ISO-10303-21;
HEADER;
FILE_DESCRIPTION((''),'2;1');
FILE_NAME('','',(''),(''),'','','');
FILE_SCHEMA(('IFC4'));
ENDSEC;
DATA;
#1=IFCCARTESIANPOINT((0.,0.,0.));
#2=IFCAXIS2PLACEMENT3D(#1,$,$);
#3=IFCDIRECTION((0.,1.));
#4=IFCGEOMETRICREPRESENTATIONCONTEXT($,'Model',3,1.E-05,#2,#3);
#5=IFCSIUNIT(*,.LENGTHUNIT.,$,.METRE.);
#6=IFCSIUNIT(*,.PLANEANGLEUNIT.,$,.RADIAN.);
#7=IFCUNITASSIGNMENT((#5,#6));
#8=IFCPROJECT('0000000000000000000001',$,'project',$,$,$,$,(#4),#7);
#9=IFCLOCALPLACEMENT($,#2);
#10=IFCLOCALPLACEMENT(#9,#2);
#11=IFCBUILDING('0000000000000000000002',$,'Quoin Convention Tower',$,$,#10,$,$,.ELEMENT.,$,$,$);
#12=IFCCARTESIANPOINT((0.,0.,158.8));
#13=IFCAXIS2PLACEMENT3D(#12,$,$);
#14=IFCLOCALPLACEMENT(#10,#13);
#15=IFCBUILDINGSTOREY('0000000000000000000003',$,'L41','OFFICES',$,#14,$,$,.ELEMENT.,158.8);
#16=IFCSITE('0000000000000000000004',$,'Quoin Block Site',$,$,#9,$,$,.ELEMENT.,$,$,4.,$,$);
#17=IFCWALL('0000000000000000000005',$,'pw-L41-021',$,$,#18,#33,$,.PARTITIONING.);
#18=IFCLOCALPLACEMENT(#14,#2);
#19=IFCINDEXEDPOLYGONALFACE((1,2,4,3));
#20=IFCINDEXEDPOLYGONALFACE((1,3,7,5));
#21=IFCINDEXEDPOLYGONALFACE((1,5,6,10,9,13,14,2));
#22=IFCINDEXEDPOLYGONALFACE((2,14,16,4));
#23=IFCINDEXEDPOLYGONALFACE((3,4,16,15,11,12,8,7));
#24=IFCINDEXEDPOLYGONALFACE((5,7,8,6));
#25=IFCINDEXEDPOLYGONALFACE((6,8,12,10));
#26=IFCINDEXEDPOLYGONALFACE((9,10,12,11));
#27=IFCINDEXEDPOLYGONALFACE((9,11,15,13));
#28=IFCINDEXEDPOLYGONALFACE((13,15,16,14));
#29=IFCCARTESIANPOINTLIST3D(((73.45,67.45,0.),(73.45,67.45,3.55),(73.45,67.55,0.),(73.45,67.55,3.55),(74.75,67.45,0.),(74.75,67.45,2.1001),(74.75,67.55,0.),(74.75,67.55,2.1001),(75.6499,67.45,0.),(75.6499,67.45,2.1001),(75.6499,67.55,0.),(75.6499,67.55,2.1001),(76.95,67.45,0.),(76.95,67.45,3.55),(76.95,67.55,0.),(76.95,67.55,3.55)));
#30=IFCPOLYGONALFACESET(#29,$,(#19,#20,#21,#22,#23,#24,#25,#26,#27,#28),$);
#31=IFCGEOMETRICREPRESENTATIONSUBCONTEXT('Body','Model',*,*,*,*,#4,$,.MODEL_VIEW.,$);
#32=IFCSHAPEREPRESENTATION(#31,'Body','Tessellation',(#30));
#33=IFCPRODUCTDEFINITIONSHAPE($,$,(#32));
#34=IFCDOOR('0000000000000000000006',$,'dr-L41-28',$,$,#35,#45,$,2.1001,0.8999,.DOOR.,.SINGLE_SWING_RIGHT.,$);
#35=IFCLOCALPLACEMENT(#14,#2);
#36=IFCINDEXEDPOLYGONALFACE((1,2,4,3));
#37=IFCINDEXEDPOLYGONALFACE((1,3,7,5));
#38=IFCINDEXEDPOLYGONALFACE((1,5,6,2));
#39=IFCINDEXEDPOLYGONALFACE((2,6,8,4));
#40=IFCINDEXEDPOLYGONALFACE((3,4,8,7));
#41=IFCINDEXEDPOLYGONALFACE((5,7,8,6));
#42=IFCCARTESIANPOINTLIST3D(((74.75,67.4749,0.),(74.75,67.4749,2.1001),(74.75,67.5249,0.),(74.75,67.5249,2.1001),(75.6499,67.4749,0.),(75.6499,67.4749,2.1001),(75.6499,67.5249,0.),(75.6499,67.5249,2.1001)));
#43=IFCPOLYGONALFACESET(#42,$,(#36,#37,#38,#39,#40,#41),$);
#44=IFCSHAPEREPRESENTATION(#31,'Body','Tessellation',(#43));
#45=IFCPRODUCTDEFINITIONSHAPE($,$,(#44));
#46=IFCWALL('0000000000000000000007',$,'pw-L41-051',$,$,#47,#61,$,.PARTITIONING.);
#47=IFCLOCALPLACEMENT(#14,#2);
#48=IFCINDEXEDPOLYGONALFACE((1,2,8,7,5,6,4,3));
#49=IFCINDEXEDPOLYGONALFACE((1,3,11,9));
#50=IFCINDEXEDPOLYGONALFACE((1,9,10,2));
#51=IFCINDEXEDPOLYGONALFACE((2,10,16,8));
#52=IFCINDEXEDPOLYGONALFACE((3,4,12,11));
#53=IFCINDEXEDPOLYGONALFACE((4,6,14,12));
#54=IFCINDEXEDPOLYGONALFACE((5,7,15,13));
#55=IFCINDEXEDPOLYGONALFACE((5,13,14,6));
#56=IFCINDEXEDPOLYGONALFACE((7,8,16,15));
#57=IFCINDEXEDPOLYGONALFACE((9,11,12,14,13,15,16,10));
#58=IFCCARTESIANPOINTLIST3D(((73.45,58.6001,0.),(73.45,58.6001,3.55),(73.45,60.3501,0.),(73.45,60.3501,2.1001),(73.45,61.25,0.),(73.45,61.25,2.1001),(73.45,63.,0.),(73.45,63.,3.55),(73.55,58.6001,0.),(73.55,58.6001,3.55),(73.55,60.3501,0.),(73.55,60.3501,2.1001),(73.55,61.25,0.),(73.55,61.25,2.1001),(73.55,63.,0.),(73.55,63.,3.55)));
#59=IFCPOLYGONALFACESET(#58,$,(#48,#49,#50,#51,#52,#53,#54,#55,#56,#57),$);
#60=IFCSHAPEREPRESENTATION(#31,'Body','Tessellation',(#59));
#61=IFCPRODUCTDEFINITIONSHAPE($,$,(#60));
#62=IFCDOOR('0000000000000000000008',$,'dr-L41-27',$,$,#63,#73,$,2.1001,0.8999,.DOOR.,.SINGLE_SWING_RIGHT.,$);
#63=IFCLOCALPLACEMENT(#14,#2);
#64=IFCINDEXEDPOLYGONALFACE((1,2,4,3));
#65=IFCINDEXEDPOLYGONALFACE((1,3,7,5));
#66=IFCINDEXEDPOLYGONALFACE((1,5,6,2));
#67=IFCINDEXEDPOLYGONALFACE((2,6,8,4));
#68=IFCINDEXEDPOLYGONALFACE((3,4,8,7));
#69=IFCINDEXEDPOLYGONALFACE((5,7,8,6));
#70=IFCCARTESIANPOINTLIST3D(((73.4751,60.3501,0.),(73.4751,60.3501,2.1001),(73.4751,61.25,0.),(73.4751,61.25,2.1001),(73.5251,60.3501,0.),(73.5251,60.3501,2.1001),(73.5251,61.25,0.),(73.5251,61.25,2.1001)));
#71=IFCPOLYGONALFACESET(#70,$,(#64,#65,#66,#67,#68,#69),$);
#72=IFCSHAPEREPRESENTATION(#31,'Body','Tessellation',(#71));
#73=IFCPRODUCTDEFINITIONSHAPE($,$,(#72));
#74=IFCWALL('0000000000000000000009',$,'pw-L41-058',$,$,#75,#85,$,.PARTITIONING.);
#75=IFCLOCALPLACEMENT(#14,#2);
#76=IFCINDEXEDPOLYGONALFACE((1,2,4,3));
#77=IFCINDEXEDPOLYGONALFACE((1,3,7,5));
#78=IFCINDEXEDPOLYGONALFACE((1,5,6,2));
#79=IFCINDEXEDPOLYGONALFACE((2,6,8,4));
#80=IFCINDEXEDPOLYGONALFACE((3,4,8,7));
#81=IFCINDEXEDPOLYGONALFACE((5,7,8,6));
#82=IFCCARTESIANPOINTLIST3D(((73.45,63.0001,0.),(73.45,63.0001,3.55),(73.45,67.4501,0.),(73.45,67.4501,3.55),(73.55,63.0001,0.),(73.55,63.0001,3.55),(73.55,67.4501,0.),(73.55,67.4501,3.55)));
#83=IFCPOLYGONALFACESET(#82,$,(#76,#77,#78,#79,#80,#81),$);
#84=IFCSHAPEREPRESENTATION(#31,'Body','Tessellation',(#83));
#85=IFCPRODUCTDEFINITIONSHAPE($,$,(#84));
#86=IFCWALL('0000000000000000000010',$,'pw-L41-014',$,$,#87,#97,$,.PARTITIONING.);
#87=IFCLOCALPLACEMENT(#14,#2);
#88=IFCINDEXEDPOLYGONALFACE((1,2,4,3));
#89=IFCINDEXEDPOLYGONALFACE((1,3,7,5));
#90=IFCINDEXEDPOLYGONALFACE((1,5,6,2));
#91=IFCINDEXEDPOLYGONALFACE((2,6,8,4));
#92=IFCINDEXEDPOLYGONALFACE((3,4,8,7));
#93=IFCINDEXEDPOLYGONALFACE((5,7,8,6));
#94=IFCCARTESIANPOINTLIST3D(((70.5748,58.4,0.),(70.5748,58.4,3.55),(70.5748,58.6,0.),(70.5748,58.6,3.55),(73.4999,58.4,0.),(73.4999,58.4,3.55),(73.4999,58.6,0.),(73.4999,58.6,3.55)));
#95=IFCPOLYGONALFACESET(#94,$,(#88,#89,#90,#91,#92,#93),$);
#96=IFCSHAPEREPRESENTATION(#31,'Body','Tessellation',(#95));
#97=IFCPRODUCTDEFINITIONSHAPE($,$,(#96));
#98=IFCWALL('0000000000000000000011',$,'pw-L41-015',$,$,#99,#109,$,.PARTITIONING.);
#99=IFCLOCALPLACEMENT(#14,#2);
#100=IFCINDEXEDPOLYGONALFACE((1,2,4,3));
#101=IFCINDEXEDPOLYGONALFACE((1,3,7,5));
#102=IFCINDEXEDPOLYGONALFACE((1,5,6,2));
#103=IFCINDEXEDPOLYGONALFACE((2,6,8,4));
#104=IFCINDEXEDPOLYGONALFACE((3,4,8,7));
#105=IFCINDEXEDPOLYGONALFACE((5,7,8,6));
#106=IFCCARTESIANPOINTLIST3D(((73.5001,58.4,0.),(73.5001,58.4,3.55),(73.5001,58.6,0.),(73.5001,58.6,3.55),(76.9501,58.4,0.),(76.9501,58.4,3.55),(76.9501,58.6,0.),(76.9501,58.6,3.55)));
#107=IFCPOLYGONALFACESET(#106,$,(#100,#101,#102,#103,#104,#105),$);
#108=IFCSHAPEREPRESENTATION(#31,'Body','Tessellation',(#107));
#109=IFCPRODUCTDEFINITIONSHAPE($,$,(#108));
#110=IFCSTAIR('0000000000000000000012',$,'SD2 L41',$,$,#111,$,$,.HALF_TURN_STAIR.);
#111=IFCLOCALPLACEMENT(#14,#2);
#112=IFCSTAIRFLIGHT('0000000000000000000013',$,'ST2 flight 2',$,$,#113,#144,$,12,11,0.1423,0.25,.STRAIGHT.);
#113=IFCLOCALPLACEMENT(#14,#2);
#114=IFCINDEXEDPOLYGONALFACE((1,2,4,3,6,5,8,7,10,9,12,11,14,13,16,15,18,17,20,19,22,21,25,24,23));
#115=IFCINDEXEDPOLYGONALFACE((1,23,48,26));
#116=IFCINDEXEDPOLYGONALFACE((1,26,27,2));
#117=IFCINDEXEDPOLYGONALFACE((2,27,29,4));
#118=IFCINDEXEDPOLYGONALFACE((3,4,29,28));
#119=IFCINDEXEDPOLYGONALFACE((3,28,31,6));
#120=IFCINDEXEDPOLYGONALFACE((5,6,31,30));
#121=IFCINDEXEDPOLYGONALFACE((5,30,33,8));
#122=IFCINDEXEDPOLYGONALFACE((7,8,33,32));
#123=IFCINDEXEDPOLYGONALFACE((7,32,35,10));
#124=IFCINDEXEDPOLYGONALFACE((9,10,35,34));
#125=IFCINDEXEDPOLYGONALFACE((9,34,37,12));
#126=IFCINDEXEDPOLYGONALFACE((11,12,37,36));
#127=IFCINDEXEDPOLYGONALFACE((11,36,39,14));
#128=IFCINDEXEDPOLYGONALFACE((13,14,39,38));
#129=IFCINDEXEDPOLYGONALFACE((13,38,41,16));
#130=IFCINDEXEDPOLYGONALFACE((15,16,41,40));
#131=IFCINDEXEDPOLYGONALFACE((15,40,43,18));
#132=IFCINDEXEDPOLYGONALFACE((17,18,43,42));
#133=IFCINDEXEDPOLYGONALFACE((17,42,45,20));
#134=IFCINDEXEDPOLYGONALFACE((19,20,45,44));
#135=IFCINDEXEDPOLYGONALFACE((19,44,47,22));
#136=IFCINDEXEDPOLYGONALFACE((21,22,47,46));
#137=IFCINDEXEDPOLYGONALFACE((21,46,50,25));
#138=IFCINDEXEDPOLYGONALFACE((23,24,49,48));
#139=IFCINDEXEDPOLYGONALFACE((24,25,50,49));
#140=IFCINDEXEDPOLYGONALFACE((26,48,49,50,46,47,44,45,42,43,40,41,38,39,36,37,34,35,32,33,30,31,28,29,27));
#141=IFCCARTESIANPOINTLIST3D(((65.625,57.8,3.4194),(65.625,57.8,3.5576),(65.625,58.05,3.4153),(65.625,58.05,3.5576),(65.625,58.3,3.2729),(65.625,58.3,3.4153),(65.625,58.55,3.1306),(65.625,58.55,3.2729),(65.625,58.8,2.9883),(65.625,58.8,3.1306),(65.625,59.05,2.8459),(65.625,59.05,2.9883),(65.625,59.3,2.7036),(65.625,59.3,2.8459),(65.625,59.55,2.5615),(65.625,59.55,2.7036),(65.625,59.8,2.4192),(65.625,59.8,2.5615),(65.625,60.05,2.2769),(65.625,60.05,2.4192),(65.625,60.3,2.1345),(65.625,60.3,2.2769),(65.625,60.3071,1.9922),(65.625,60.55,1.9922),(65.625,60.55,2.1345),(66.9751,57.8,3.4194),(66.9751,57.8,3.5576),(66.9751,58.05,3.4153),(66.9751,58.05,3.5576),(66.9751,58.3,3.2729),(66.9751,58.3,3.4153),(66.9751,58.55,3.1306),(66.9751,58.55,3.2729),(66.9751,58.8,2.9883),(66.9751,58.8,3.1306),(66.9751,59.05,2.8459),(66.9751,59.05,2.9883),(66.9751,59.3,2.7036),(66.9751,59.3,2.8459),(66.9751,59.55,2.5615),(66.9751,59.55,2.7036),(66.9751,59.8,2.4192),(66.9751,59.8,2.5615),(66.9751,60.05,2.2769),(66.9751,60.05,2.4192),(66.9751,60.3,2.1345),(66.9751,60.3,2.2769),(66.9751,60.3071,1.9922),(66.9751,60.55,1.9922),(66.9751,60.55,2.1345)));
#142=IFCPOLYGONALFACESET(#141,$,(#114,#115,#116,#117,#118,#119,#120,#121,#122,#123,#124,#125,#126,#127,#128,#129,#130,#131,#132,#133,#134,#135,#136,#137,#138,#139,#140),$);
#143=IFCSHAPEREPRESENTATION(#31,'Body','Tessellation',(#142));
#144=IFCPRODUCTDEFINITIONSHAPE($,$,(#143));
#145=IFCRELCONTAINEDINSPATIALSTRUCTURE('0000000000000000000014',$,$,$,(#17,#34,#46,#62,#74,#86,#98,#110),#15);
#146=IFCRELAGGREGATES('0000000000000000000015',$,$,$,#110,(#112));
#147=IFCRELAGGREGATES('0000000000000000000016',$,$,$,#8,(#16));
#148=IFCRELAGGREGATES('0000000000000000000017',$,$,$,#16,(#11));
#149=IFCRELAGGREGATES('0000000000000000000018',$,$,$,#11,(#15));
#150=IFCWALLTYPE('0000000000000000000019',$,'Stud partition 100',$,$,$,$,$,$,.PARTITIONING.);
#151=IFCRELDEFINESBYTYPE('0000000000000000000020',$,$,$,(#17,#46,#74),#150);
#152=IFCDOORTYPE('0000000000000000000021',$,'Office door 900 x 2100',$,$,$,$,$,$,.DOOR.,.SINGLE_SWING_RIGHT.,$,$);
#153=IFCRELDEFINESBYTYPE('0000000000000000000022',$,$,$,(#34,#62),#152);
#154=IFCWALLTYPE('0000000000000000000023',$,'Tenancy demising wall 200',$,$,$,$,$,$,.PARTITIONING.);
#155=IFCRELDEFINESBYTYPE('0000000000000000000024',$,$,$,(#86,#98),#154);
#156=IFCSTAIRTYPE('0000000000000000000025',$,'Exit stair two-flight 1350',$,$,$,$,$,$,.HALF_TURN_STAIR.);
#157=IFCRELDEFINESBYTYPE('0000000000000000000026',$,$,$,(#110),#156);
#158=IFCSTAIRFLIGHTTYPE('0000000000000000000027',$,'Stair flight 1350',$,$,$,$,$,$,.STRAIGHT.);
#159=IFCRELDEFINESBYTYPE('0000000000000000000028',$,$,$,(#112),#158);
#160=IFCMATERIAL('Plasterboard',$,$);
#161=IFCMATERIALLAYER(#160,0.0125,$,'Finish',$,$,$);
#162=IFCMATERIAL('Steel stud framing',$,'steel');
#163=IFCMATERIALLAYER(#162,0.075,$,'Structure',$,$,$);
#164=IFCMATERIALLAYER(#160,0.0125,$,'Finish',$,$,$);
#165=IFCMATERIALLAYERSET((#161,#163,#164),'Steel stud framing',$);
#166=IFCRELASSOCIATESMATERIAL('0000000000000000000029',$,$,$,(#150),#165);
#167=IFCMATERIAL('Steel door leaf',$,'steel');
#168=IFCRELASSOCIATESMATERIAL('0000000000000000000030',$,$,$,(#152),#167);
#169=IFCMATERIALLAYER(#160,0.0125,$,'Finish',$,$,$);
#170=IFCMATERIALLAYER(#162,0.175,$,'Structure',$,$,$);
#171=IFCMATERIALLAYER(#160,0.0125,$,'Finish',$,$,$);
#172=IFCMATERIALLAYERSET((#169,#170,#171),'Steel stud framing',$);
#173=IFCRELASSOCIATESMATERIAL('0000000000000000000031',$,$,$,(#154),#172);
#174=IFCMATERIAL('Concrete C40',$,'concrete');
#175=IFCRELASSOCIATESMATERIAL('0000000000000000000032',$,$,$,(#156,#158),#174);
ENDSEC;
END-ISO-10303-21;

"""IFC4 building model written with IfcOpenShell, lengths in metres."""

from ifc_helpers import new_model, si_unit, direction, frame, frame_2d, origin, place, context, subcontext, project, spatial, polyline, rectangle, outline, extrude, material, layer, layer_set, type_object, element, fill, aggregate, save


model = new_model("IFC4")

# Units and contexts
model_context = context("Model", 3, precision=1e-05, world=origin(), true_north=direction((0.0, 1.0)))
body_context = subcontext(model_context, "Body", "Model", "MODEL_VIEW")
ifc_project = project(units=[si_unit("LENGTHUNIT", "METRE"), si_unit("PLANEANGLEUNIT", "RADIAN")], contexts=[model_context])

# Site, building, storey
site_placement = place(None, origin())
site = spatial("IfcSite", under=ifc_project, at=site_placement, Name="Quoin Block Site", CompositionType="ELEMENT", RefElevation=4.0)
building_placement = place(site_placement, origin())
building = spatial("IfcBuilding", under=site, at=building_placement, Name="Quoin Convention Tower", CompositionType="ELEMENT")
storey_placement = place(building_placement, frame((0.0, 0.0, 158.8)))
storey = spatial("IfcBuildingStorey", under=building, at=storey_placement, Name="L41", Description="OFFICES", CompositionType="ELEMENT", Elevation=158.8)

# Shared definitions
ifc_material_1 = material(Name="Plasterboard")
ifc_material_2 = material(Name="Steel stud framing", Category="steel")
ifc_material_3 = material(Name="Steel door leaf", Category="steel")

# Shared definitions
ifc_layer_1 = layer(ifc_material_1, 0.0125, Name="Finish")
ifc_layer_2 = layer(ifc_material_2, 0.075, Name="Structure")
ifc_layer_3 = layer(ifc_material_1, 0.0125, Name="Finish")
ifc_layer_set_1 = layer_set([ifc_layer_1, ifc_layer_2, ifc_layer_3], Name="Steel stud framing")
wall_type_1 = type_object("IfcWallType", Name="Stud partition 100", PredefinedType="PARTITIONING", material=ifc_layer_set_1)

# Walls, openings, doors
wall_1_placement = place(storey_placement, frame((73.45, 67.5, 0.0), z_axis=(0.0, 0.0, 1.0), x_axis=(1.0, 0.0, 0.0)))
wall_1 = element("IfcWall", 1, at=wall_1_placement, inside=storey, type_object=wall_type_1, Name="pw-L41-021", PredefinedType="PARTITIONING", context=body_context, shape_type="SweptSolid", body=[
    extrude(rectangle(XDim=3.5, YDim=0.1001, at=frame_2d((1.75, 0.0))), origin(), (0.0, 0.0, 1.0), 3.55),
])
opening_1_placement = place(wall_1_placement, frame((1.3, 0.0, 0.0)))
opening_1 = element("IfcOpeningElement", 2, at=opening_1_placement, cuts=wall_1, PredefinedType="OPENING", context=body_context, shape_type="SweptSolid", body=[
    extrude(rectangle(XDim=0.8999, YDim=2.1001, at=frame_2d((0.45, 1.05))), frame((0.0, 0.0601, 0.0), z_axis=(0.0, -1.0, 0.0), x_axis=(1.0, 0.0, 0.0)), (0.0, 0.0, 1.0), 0.1201),
])
door_type_1 = type_object("IfcDoorType", Name="Office door 900 x 2100", OperationType="SINGLE_SWING_RIGHT", PredefinedType="DOOR", material=ifc_material_3)
door_1_placement = place(opening_1_placement, origin())
door_1 = element("IfcDoor", 3, at=door_1_placement, inside=storey, type_object=door_type_1, Name="dr-L41-28", OperationType="SINGLE_SWING_RIGHT", OverallHeight=2.1001, OverallWidth=0.8999, PredefinedType="DOOR", context=body_context, shape_type="SweptSolid", body=[
    extrude(rectangle(XDim=0.8999, YDim=2.1001, at=frame_2d((0.45, 1.05))), frame((0.0, 0.0249, 0.0), z_axis=(0.0, -1.0, 0.0), x_axis=(1.0, 0.0, 0.0)), (0.0, 0.0, 1.0), 0.05),
])
fill(opening_1, door_1)
wall_2_placement = place(storey_placement, frame((73.5, 58.6001, 0.0), z_axis=(0.0, 0.0, 1.0), x_axis=(0.0, 1.0, 0.0)))
wall_2 = element("IfcWall", 4, at=wall_2_placement, inside=storey, type_object=wall_type_1, Name="pw-L41-051", PredefinedType="PARTITIONING", context=body_context, shape_type="SweptSolid", body=[
    extrude(rectangle(XDim=4.3999, YDim=0.1001, at=frame_2d((2.2, 0.0))), origin(), (0.0, 0.0, 1.0), 3.55),
])
opening_2_placement = place(wall_2_placement, frame((1.75, 0.0, 0.0)))
opening_2 = element("IfcOpeningElement", 5, at=opening_2_placement, cuts=wall_2, PredefinedType="OPENING", context=body_context, shape_type="SweptSolid", body=[
    extrude(rectangle(XDim=0.8999, YDim=2.1001, at=frame_2d((0.45, 1.05))), frame((0.0, 0.0601, 0.0), z_axis=(0.0, -1.0, 0.0), x_axis=(1.0, 0.0, 0.0)), (0.0, 0.0, 1.0), 0.1201),
])
door_2_placement = place(opening_2_placement, origin())
door_2 = element("IfcDoor", 6, at=door_2_placement, inside=storey, type_object=door_type_1, Name="dr-L41-27", OperationType="SINGLE_SWING_RIGHT", OverallHeight=2.1001, OverallWidth=0.8999, PredefinedType="DOOR", context=body_context, shape_type="SweptSolid", body=[
    extrude(rectangle(XDim=0.8999, YDim=2.1001, at=frame_2d((0.45, 1.05))), frame((0.0, 0.0249, 0.0), z_axis=(0.0, -1.0, 0.0), x_axis=(1.0, 0.0, 0.0)), (0.0, 0.0, 1.0), 0.05),
])
fill(opening_2, door_2)

# Walls
wall_3_placement = place(storey_placement, frame((73.5, 63.0, 0.0), z_axis=(0.0, 0.0, 1.0), x_axis=(0.0, 1.0, 0.0)))
element("IfcWall", 7, at=wall_3_placement, inside=storey, type_object=wall_type_1, Name="pw-L41-058", PredefinedType="PARTITIONING", context=body_context, shape_type="SweptSolid", body=[
    extrude(rectangle(XDim=4.45, YDim=0.1001, at=frame_2d((2.2251, 0.0))), origin(), (0.0, 0.0, 1.0), 3.55),
])
ifc_layer_4 = layer(ifc_material_1, 0.0125, Name="Finish")
ifc_layer_5 = layer(ifc_material_2, 0.175, Name="Structure")
ifc_layer_6 = layer(ifc_material_1, 0.0125, Name="Finish")
ifc_layer_set_2 = layer_set([ifc_layer_4, ifc_layer_5, ifc_layer_6], Name="Steel stud framing")
wall_type_2 = type_object("IfcWallType", Name="Tenancy demising wall 200", PredefinedType="PARTITIONING", material=ifc_layer_set_2)
wall_4_placement = place(storey_placement, frame((70.575, 58.5, 0.0), z_axis=(0.0, 0.0, 1.0), x_axis=(1.0, 0.0, 0.0)))
element("IfcWall", 8, at=wall_4_placement, inside=storey, type_object=wall_type_2, Name="pw-L41-014", PredefinedType="PARTITIONING", context=body_context, shape_type="SweptSolid", body=[
    extrude(rectangle(XDim=2.925, YDim=0.2, at=frame_2d((1.4624, 0.0))), origin(), (0.0, 0.0, 1.0), 3.55),
])
wall_5_placement = place(storey_placement, frame((73.5, 58.5, 0.0), z_axis=(0.0, 0.0, 1.0), x_axis=(1.0, 0.0, 0.0)))
element("IfcWall", 9, at=wall_5_placement, inside=storey, type_object=wall_type_2, Name="pw-L41-015", PredefinedType="PARTITIONING", context=body_context, shape_type="SweptSolid", body=[
    extrude(rectangle(XDim=3.45, YDim=0.2, at=frame_2d((1.7251, 0.0))), origin(), (0.0, 0.0, 1.0), 3.55),
])

# Stair, stair flight
ifc_material_4 = material(Name="Concrete C40", Category="concrete")
stair_type = type_object("IfcStairType", Name="Exit stair two-flight 1350", PredefinedType="HALF_TURN_STAIR", material=ifc_material_4)
stair_placement = place(storey_placement, origin())
stair = element("IfcStair", 10, at=stair_placement, inside=storey, type_object=stair_type, Name="SD2 L41", PredefinedType="HALF_TURN_STAIR")
stair_flight_type = type_object("IfcStairFlightType", Name="Stair flight 1350", PredefinedType="STRAIGHT", material=ifc_material_4)
stair_flight_placement = place(storey_placement, frame((66.3, 60.55, 1.9922), z_axis=(0.0, 0.0, 1.0), x_axis=(0.0, -1.0, 0.0)))
stair_flight = element("IfcStairFlight", 11, at=stair_flight_placement, type_object=stair_flight_type, Name="ST2 flight 2", NumberOfRisers=12, NumberOfTreads=11, PredefinedType="STRAIGHT", RiserHeight=0.1423, TreadLength=0.25, context=body_context, shape_type="SweptSolid", body=[
    extrude(outline(polyline([(0.0, 0.0), (0.0, 0.1423), (0.25, 0.1423), (0.25, 0.2847), (0.5, 0.2847), (0.5, 0.427), (0.75, 0.427), (0.75, 0.5693), (1.0, 0.5693), (1.0, 0.7114), (1.25, 0.7114), (1.25, 0.8538), (1.5, 0.8538), (1.5, 0.9961), (1.75, 0.9961), (1.75, 1.1384), (2.0, 1.1384), (2.0, 1.2808), (2.25, 1.2808), (2.25, 1.4231), (2.5, 1.4231), (2.5, 1.5654), (2.75, 1.5654), (2.75, 1.7078), (2.75, 1.4272), (0.2429, 0.0), (0.0, 0.0)])), frame((0.0, 0.675, 0.0), z_axis=(0.0, -1.0, 0.0), x_axis=(1.0, 0.0, 0.0)), (0.0, 0.0, 1.0), 1.3501),
])
aggregate(stair, [stair_flight])

save(model, "model.ifc")
